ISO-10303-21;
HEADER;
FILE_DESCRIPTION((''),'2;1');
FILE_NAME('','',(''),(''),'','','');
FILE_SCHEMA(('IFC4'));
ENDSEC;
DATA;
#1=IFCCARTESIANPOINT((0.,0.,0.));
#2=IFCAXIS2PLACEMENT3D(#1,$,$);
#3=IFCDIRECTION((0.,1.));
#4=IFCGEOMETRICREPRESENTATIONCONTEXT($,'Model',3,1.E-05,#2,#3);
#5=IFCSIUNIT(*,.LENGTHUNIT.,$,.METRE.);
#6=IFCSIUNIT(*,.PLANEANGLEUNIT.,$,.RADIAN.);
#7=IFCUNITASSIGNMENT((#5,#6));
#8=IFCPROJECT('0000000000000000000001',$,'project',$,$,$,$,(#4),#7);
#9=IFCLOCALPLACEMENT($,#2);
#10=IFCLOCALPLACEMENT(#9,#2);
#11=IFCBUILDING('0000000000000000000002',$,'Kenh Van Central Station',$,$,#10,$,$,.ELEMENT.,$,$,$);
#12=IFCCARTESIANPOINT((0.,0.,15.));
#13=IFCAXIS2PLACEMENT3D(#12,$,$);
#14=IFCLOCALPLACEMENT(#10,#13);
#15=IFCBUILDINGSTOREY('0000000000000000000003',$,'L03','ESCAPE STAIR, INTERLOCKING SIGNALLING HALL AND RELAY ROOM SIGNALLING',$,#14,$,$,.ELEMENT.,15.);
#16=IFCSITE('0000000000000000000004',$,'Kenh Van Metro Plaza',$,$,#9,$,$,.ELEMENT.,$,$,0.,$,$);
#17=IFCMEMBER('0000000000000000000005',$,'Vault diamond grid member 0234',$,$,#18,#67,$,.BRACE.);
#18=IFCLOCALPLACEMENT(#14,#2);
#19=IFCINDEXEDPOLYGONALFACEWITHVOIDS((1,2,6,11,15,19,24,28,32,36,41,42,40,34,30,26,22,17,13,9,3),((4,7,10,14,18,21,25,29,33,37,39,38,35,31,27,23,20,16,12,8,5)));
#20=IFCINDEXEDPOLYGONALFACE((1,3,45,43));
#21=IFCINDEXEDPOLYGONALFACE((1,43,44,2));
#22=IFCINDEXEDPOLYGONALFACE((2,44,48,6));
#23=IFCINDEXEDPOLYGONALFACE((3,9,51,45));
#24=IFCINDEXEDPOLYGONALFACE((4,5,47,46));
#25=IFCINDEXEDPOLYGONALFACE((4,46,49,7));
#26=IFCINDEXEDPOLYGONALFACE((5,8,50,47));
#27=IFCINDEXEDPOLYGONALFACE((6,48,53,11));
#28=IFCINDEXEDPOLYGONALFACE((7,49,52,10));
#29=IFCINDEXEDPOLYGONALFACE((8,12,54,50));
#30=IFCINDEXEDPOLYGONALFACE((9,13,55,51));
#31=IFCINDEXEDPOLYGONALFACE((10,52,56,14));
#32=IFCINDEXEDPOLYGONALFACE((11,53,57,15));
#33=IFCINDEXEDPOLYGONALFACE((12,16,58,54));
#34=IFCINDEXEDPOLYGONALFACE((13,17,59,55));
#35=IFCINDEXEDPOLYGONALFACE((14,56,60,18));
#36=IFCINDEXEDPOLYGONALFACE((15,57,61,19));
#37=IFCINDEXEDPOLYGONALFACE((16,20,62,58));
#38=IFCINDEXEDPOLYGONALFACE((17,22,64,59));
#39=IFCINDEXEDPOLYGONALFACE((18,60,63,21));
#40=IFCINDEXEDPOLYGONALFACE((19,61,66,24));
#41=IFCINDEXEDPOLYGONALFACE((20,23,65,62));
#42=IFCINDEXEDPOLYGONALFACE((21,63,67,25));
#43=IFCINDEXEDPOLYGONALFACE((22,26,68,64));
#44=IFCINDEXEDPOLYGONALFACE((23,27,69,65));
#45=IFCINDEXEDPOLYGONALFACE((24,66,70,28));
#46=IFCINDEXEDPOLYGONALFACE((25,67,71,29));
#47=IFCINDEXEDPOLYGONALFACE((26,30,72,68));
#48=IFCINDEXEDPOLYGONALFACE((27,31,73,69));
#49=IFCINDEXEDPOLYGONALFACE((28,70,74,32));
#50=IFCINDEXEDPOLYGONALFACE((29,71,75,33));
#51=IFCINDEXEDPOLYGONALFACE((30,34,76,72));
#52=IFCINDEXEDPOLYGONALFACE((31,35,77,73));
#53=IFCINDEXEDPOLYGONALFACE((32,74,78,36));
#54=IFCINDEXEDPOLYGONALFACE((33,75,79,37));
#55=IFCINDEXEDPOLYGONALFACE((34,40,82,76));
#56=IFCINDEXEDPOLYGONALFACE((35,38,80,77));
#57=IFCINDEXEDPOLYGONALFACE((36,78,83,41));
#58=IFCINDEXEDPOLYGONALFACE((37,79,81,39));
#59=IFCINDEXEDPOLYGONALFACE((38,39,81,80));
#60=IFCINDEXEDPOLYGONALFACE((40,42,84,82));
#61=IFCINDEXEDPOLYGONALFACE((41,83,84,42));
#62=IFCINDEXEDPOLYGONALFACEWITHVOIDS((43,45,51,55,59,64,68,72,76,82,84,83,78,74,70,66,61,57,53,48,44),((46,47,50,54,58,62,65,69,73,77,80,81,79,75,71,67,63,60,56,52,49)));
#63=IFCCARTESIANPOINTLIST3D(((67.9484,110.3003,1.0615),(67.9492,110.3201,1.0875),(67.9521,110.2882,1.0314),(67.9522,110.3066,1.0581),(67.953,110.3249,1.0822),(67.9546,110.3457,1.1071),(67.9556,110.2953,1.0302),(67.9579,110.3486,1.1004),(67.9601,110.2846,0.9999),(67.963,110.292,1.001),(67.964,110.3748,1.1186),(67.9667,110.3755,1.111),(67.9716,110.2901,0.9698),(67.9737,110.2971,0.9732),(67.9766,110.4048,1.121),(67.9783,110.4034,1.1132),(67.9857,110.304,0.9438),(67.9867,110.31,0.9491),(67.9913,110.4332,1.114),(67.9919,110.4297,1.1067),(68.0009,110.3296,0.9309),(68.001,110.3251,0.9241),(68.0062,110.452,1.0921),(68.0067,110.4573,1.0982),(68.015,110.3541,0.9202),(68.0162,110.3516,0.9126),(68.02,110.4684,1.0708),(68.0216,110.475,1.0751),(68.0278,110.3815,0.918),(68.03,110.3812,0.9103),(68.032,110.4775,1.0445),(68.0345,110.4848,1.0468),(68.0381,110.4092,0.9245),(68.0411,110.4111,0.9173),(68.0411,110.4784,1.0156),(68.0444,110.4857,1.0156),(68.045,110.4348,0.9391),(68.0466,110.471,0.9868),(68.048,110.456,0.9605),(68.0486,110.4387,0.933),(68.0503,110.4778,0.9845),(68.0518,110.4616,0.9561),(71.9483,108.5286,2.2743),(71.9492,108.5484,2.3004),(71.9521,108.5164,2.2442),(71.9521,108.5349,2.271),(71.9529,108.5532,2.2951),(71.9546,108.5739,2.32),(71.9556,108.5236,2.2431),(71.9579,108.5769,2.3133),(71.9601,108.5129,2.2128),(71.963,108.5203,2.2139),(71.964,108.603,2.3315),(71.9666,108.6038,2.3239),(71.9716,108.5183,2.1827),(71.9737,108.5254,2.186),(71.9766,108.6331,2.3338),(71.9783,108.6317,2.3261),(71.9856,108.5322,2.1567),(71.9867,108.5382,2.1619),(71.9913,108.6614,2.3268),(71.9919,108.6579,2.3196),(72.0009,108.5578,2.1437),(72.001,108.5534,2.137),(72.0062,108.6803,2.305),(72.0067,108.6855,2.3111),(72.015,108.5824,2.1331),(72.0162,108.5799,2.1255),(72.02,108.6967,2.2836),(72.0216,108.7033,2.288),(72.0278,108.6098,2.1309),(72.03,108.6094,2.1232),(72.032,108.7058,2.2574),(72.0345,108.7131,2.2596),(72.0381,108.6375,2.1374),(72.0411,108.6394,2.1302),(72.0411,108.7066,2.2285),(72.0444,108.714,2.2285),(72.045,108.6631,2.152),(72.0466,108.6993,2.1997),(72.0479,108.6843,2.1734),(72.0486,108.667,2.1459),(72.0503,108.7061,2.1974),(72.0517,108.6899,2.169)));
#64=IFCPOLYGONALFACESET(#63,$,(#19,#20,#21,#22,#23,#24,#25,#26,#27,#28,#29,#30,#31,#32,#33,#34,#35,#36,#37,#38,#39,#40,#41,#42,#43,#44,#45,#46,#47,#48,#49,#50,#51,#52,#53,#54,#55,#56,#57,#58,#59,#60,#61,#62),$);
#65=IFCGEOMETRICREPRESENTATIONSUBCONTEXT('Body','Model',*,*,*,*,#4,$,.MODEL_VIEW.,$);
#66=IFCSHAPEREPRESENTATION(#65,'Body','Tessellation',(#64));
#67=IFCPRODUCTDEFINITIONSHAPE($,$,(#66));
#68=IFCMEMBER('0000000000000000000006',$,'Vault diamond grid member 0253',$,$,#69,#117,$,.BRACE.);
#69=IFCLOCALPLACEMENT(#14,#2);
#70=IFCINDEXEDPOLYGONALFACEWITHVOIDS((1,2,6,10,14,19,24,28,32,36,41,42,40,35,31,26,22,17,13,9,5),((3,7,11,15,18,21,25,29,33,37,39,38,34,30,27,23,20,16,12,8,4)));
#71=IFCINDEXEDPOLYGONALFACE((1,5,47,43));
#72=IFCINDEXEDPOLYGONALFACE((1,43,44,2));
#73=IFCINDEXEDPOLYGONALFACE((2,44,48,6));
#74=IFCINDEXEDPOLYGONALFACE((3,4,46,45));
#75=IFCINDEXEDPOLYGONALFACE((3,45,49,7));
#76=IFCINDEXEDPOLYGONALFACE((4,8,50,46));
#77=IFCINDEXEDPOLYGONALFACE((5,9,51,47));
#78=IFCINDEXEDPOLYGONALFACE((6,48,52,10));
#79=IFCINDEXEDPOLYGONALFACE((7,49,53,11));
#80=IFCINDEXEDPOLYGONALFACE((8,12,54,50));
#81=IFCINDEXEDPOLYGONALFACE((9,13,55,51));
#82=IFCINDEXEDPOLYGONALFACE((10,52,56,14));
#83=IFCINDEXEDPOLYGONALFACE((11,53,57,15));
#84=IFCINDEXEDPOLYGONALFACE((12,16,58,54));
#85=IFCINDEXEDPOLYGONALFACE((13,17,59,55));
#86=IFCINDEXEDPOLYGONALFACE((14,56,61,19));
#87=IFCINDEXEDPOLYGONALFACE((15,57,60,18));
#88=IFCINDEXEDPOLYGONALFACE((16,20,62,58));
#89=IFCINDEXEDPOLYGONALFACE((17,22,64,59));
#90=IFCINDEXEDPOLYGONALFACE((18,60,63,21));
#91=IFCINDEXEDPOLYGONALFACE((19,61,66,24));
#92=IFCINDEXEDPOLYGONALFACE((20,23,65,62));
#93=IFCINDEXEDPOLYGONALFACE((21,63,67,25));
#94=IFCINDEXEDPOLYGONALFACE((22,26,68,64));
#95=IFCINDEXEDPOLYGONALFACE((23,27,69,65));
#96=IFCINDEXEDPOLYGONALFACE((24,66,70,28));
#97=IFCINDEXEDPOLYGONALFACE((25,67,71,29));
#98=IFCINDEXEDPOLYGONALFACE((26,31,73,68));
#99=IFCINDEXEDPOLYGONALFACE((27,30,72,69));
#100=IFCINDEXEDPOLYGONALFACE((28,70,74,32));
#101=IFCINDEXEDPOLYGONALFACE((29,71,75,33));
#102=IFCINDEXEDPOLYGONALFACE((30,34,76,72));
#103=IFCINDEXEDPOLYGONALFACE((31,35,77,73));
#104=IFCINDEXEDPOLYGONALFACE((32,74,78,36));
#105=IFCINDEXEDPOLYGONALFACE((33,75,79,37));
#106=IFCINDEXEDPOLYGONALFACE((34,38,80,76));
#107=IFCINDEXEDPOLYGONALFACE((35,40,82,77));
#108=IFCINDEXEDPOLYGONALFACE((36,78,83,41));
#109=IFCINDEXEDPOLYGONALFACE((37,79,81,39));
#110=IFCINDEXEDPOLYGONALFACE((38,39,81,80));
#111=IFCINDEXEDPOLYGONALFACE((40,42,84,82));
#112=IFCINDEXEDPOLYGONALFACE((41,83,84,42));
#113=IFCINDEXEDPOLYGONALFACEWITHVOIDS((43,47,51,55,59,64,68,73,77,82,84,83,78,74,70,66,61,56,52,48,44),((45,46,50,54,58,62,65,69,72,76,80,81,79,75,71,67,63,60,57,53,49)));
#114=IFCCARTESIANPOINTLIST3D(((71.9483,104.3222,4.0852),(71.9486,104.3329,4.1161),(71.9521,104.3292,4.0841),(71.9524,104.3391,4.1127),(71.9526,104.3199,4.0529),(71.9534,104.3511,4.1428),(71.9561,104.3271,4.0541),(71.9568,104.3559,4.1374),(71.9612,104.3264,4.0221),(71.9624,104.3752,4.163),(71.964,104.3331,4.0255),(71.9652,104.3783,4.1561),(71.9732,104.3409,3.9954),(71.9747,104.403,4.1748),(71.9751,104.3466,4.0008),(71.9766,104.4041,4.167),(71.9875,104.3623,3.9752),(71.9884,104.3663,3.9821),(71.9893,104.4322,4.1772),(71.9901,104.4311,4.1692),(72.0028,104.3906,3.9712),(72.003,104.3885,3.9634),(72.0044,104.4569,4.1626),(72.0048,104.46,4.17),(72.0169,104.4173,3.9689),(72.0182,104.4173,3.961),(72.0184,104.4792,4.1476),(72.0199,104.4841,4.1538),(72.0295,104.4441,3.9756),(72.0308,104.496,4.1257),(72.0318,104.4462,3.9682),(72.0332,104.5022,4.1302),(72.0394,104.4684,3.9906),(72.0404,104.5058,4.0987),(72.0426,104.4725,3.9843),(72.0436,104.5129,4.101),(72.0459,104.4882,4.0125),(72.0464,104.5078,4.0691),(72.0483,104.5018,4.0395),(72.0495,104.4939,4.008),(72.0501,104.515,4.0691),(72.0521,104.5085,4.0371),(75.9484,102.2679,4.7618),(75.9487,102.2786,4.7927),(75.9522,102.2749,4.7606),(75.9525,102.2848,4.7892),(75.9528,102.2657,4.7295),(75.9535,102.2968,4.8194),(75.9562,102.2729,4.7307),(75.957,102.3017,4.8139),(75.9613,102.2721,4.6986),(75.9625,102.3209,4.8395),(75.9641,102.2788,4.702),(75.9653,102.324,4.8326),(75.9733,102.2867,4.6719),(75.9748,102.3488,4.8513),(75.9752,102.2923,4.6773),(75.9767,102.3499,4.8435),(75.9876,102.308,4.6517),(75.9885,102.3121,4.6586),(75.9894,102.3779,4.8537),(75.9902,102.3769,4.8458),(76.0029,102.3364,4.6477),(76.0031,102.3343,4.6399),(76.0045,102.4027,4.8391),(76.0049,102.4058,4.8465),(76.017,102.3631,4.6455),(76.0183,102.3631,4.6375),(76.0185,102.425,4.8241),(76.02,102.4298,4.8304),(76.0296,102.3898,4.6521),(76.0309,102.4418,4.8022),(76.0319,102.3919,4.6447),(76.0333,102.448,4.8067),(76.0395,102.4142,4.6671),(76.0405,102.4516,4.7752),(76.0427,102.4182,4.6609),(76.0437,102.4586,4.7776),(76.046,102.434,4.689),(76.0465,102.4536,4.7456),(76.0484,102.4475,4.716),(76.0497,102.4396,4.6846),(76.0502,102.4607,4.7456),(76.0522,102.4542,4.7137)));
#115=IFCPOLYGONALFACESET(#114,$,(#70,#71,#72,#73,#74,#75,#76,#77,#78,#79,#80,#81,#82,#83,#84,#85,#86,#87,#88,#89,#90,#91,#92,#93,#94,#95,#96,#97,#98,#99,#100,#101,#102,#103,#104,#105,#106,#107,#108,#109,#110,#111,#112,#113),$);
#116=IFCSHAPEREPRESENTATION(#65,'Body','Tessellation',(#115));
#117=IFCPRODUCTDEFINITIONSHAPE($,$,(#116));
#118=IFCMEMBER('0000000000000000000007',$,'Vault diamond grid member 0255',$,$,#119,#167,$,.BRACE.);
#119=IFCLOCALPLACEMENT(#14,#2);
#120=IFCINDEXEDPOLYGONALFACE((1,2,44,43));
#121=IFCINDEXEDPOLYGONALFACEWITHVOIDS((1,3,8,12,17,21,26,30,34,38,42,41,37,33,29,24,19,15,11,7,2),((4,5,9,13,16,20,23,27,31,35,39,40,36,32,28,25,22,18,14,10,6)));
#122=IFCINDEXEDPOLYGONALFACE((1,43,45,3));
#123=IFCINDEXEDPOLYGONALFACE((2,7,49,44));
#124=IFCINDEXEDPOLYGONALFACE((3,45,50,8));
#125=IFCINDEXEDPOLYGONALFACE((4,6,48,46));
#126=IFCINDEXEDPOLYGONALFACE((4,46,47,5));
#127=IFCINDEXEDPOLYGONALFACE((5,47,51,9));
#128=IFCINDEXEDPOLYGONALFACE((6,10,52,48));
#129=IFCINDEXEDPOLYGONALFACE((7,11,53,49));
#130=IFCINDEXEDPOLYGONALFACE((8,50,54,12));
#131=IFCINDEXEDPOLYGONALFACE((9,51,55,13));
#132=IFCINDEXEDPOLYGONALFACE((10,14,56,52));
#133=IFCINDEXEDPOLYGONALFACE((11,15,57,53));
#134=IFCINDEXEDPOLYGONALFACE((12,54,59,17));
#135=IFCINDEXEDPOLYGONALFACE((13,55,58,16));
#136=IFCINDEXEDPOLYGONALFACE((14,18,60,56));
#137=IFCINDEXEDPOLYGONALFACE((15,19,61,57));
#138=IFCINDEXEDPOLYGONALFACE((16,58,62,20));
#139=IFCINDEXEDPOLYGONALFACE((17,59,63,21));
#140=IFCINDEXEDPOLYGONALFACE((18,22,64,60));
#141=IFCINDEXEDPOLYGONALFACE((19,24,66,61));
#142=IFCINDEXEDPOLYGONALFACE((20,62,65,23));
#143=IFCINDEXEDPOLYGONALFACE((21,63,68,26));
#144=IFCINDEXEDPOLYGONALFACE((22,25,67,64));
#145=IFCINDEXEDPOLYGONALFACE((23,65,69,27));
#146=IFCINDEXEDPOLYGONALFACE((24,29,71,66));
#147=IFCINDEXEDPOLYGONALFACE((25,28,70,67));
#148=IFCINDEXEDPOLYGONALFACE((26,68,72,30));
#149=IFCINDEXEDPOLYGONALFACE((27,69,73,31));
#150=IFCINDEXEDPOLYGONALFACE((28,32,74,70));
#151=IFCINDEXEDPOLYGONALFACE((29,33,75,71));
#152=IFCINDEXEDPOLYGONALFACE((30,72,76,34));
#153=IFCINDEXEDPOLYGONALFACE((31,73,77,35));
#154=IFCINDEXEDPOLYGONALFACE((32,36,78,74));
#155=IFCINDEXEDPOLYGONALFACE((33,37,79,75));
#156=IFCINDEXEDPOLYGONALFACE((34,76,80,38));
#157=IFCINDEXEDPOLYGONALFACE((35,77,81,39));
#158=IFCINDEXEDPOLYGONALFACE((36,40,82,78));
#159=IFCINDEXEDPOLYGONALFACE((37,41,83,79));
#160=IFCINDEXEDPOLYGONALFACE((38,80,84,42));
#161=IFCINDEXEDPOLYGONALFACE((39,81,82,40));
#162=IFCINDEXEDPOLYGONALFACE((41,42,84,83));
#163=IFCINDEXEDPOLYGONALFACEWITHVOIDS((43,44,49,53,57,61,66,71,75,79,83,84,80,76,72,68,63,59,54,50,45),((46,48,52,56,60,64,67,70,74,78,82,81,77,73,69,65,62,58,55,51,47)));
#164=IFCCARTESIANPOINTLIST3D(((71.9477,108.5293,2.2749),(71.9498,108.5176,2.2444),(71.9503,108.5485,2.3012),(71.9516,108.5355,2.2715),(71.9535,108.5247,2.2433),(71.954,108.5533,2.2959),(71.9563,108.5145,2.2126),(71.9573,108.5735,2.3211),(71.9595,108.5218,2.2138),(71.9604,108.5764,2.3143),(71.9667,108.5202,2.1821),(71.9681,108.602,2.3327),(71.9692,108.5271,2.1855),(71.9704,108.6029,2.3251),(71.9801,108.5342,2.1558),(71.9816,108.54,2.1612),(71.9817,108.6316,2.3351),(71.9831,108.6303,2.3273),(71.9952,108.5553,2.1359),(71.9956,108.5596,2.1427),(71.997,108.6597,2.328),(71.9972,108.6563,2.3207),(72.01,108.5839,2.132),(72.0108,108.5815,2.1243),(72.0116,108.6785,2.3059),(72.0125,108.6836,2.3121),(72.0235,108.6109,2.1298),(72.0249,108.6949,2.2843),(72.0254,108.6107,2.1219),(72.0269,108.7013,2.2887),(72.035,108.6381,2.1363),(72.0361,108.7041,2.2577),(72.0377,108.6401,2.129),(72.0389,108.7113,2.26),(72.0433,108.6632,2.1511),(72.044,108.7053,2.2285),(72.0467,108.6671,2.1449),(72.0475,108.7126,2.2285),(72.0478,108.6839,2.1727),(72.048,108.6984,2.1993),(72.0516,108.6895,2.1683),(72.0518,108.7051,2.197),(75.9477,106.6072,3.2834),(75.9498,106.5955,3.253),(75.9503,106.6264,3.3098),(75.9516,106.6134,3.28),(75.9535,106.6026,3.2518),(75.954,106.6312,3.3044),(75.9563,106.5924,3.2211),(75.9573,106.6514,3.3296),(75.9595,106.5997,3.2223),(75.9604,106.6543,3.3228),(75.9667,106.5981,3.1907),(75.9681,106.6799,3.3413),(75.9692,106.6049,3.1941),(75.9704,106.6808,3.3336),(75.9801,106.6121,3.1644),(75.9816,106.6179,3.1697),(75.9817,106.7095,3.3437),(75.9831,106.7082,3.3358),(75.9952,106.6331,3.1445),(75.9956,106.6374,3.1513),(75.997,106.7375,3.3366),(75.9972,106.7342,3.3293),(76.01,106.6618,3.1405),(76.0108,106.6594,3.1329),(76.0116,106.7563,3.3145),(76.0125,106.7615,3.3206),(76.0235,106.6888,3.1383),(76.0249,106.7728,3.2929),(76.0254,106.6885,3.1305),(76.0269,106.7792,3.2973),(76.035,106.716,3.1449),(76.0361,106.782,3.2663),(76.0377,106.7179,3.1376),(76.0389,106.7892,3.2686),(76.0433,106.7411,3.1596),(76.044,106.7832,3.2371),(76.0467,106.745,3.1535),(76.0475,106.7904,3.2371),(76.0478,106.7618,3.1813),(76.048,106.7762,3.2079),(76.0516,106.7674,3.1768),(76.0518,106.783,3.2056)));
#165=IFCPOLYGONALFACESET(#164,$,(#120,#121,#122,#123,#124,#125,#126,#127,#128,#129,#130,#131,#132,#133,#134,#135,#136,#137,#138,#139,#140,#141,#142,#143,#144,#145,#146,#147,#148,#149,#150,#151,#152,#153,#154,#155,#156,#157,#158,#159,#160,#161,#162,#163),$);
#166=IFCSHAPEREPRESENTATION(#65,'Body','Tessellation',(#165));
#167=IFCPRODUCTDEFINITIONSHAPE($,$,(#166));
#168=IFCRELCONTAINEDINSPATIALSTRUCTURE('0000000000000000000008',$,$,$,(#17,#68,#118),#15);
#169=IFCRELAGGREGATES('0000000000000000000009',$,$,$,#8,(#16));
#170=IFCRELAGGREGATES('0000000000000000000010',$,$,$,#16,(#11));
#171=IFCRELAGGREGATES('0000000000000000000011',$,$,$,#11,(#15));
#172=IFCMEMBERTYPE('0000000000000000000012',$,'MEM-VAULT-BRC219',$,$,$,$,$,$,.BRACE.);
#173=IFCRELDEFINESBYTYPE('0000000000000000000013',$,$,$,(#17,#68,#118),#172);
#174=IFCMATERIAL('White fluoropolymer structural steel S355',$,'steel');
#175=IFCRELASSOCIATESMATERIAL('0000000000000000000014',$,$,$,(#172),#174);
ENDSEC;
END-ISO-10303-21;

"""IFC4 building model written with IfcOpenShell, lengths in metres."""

from ifc_helpers import new_model, si_unit, direction, frame, origin, origin_2d, place, context, subcontext, project, spatial, hollow_circle, extrude, material, material_profile, profile_set, type_object, element, save


model = new_model("IFC4")

# Units and contexts
model_context = context("Model", 3, precision=1e-05, world=origin(), true_north=direction((0.0, 1.0)))
body_context = subcontext(model_context, "Body", "Model", "MODEL_VIEW")
ifc_project = project(units=[si_unit("LENGTHUNIT", "METRE"), si_unit("PLANEANGLEUNIT", "RADIAN")], contexts=[model_context])

# Site, building, storey
site_placement = place(None, origin())
site = spatial("IfcSite", under=ifc_project, at=site_placement, Name="Kenh Van Metro Plaza", CompositionType="ELEMENT", RefElevation=0.0)
building_placement = place(site_placement, origin())
building = spatial("IfcBuilding", under=site, at=building_placement, Name="Kenh Van Central Station", CompositionType="ELEMENT")
storey_placement = place(building_placement, frame((0.0, 0.0, 15.0)))
storey = spatial("IfcBuildingStorey", under=building, at=storey_placement, Name="L03", Description="ESCAPE STAIR, INTERLOCKING SIGNALLING HALL AND RELAY ROOM SIGNALLING", CompositionType="ELEMENT", Elevation=15.0)

# Shared definitions
ifc_material_1 = material(Name="White fluoropolymer structural steel S355", Category="steel")

# Members
ifc_material_profile_1 = material_profile(ifc_material_1, hollow_circle(Radius=0.1096, WallThickness=0.0081, at=origin_2d()), Name="CHS 219.1x8")
ifc_profile_set_1 = profile_set([ifc_material_profile_1], Name="White fluoropolymer structural steel S355")
member_type_1 = type_object("IfcMemberType", Name="MEM-VAULT-BRC219", PredefinedType="BRACE", material=ifc_profile_set_1)
member_1_placement = place(storey_placement, frame((68.0, 110.3855, 1.0156), z_axis=(0.881089, -0.390263, 0.267166), x_axis=(0.404983, 0.914324, 0.0)))
element("IfcMember", 1, at=member_1_placement, inside=storey, type_object=member_type_1, Name="Vault diamond grid member 0234", PredefinedType="BRACE", context=body_context, shape_type="SweptSolid", body=[
    extrude(hollow_circle(Radius=0.1096, WallThickness=0.0081, at=origin_2d()), origin(), (0.0, 0.0, 1.0), 4.5398),
])
member_2_placement = place(storey_placement, frame((72.0, 104.4175, 4.0691), z_axis=(0.879654, -0.451746, 0.148775), x_axis=(0.45683, 0.889554, 0.0)))
element("IfcMember", 2, at=member_2_placement, inside=storey, type_object=member_type_1, Name="Vault diamond grid member 0253", PredefinedType="BRACE", context=body_context, shape_type="SweptSolid", body=[
    extrude(hollow_circle(Radius=0.1096, WallThickness=0.0081, at=origin_2d()), origin(), (0.0, 0.0, 1.0), 4.5474),
])
member_3_placement = place(storey_placement, frame((72.0, 108.6138, 2.2285), z_axis=(0.878926, -0.42235, 0.221609), x_axis=(0.433119, 0.901337, 0.0)))
element("IfcMember", 3, at=member_3_placement, inside=storey, type_object=member_type_1, Name="Vault diamond grid member 0255", PredefinedType="BRACE", context=body_context, shape_type="SweptSolid", body=[
    extrude(hollow_circle(Radius=0.1096, WallThickness=0.0081, at=origin_2d()), origin(), (0.0, 0.0, 1.0), 4.551),
])

save(model, "model.ifc")
